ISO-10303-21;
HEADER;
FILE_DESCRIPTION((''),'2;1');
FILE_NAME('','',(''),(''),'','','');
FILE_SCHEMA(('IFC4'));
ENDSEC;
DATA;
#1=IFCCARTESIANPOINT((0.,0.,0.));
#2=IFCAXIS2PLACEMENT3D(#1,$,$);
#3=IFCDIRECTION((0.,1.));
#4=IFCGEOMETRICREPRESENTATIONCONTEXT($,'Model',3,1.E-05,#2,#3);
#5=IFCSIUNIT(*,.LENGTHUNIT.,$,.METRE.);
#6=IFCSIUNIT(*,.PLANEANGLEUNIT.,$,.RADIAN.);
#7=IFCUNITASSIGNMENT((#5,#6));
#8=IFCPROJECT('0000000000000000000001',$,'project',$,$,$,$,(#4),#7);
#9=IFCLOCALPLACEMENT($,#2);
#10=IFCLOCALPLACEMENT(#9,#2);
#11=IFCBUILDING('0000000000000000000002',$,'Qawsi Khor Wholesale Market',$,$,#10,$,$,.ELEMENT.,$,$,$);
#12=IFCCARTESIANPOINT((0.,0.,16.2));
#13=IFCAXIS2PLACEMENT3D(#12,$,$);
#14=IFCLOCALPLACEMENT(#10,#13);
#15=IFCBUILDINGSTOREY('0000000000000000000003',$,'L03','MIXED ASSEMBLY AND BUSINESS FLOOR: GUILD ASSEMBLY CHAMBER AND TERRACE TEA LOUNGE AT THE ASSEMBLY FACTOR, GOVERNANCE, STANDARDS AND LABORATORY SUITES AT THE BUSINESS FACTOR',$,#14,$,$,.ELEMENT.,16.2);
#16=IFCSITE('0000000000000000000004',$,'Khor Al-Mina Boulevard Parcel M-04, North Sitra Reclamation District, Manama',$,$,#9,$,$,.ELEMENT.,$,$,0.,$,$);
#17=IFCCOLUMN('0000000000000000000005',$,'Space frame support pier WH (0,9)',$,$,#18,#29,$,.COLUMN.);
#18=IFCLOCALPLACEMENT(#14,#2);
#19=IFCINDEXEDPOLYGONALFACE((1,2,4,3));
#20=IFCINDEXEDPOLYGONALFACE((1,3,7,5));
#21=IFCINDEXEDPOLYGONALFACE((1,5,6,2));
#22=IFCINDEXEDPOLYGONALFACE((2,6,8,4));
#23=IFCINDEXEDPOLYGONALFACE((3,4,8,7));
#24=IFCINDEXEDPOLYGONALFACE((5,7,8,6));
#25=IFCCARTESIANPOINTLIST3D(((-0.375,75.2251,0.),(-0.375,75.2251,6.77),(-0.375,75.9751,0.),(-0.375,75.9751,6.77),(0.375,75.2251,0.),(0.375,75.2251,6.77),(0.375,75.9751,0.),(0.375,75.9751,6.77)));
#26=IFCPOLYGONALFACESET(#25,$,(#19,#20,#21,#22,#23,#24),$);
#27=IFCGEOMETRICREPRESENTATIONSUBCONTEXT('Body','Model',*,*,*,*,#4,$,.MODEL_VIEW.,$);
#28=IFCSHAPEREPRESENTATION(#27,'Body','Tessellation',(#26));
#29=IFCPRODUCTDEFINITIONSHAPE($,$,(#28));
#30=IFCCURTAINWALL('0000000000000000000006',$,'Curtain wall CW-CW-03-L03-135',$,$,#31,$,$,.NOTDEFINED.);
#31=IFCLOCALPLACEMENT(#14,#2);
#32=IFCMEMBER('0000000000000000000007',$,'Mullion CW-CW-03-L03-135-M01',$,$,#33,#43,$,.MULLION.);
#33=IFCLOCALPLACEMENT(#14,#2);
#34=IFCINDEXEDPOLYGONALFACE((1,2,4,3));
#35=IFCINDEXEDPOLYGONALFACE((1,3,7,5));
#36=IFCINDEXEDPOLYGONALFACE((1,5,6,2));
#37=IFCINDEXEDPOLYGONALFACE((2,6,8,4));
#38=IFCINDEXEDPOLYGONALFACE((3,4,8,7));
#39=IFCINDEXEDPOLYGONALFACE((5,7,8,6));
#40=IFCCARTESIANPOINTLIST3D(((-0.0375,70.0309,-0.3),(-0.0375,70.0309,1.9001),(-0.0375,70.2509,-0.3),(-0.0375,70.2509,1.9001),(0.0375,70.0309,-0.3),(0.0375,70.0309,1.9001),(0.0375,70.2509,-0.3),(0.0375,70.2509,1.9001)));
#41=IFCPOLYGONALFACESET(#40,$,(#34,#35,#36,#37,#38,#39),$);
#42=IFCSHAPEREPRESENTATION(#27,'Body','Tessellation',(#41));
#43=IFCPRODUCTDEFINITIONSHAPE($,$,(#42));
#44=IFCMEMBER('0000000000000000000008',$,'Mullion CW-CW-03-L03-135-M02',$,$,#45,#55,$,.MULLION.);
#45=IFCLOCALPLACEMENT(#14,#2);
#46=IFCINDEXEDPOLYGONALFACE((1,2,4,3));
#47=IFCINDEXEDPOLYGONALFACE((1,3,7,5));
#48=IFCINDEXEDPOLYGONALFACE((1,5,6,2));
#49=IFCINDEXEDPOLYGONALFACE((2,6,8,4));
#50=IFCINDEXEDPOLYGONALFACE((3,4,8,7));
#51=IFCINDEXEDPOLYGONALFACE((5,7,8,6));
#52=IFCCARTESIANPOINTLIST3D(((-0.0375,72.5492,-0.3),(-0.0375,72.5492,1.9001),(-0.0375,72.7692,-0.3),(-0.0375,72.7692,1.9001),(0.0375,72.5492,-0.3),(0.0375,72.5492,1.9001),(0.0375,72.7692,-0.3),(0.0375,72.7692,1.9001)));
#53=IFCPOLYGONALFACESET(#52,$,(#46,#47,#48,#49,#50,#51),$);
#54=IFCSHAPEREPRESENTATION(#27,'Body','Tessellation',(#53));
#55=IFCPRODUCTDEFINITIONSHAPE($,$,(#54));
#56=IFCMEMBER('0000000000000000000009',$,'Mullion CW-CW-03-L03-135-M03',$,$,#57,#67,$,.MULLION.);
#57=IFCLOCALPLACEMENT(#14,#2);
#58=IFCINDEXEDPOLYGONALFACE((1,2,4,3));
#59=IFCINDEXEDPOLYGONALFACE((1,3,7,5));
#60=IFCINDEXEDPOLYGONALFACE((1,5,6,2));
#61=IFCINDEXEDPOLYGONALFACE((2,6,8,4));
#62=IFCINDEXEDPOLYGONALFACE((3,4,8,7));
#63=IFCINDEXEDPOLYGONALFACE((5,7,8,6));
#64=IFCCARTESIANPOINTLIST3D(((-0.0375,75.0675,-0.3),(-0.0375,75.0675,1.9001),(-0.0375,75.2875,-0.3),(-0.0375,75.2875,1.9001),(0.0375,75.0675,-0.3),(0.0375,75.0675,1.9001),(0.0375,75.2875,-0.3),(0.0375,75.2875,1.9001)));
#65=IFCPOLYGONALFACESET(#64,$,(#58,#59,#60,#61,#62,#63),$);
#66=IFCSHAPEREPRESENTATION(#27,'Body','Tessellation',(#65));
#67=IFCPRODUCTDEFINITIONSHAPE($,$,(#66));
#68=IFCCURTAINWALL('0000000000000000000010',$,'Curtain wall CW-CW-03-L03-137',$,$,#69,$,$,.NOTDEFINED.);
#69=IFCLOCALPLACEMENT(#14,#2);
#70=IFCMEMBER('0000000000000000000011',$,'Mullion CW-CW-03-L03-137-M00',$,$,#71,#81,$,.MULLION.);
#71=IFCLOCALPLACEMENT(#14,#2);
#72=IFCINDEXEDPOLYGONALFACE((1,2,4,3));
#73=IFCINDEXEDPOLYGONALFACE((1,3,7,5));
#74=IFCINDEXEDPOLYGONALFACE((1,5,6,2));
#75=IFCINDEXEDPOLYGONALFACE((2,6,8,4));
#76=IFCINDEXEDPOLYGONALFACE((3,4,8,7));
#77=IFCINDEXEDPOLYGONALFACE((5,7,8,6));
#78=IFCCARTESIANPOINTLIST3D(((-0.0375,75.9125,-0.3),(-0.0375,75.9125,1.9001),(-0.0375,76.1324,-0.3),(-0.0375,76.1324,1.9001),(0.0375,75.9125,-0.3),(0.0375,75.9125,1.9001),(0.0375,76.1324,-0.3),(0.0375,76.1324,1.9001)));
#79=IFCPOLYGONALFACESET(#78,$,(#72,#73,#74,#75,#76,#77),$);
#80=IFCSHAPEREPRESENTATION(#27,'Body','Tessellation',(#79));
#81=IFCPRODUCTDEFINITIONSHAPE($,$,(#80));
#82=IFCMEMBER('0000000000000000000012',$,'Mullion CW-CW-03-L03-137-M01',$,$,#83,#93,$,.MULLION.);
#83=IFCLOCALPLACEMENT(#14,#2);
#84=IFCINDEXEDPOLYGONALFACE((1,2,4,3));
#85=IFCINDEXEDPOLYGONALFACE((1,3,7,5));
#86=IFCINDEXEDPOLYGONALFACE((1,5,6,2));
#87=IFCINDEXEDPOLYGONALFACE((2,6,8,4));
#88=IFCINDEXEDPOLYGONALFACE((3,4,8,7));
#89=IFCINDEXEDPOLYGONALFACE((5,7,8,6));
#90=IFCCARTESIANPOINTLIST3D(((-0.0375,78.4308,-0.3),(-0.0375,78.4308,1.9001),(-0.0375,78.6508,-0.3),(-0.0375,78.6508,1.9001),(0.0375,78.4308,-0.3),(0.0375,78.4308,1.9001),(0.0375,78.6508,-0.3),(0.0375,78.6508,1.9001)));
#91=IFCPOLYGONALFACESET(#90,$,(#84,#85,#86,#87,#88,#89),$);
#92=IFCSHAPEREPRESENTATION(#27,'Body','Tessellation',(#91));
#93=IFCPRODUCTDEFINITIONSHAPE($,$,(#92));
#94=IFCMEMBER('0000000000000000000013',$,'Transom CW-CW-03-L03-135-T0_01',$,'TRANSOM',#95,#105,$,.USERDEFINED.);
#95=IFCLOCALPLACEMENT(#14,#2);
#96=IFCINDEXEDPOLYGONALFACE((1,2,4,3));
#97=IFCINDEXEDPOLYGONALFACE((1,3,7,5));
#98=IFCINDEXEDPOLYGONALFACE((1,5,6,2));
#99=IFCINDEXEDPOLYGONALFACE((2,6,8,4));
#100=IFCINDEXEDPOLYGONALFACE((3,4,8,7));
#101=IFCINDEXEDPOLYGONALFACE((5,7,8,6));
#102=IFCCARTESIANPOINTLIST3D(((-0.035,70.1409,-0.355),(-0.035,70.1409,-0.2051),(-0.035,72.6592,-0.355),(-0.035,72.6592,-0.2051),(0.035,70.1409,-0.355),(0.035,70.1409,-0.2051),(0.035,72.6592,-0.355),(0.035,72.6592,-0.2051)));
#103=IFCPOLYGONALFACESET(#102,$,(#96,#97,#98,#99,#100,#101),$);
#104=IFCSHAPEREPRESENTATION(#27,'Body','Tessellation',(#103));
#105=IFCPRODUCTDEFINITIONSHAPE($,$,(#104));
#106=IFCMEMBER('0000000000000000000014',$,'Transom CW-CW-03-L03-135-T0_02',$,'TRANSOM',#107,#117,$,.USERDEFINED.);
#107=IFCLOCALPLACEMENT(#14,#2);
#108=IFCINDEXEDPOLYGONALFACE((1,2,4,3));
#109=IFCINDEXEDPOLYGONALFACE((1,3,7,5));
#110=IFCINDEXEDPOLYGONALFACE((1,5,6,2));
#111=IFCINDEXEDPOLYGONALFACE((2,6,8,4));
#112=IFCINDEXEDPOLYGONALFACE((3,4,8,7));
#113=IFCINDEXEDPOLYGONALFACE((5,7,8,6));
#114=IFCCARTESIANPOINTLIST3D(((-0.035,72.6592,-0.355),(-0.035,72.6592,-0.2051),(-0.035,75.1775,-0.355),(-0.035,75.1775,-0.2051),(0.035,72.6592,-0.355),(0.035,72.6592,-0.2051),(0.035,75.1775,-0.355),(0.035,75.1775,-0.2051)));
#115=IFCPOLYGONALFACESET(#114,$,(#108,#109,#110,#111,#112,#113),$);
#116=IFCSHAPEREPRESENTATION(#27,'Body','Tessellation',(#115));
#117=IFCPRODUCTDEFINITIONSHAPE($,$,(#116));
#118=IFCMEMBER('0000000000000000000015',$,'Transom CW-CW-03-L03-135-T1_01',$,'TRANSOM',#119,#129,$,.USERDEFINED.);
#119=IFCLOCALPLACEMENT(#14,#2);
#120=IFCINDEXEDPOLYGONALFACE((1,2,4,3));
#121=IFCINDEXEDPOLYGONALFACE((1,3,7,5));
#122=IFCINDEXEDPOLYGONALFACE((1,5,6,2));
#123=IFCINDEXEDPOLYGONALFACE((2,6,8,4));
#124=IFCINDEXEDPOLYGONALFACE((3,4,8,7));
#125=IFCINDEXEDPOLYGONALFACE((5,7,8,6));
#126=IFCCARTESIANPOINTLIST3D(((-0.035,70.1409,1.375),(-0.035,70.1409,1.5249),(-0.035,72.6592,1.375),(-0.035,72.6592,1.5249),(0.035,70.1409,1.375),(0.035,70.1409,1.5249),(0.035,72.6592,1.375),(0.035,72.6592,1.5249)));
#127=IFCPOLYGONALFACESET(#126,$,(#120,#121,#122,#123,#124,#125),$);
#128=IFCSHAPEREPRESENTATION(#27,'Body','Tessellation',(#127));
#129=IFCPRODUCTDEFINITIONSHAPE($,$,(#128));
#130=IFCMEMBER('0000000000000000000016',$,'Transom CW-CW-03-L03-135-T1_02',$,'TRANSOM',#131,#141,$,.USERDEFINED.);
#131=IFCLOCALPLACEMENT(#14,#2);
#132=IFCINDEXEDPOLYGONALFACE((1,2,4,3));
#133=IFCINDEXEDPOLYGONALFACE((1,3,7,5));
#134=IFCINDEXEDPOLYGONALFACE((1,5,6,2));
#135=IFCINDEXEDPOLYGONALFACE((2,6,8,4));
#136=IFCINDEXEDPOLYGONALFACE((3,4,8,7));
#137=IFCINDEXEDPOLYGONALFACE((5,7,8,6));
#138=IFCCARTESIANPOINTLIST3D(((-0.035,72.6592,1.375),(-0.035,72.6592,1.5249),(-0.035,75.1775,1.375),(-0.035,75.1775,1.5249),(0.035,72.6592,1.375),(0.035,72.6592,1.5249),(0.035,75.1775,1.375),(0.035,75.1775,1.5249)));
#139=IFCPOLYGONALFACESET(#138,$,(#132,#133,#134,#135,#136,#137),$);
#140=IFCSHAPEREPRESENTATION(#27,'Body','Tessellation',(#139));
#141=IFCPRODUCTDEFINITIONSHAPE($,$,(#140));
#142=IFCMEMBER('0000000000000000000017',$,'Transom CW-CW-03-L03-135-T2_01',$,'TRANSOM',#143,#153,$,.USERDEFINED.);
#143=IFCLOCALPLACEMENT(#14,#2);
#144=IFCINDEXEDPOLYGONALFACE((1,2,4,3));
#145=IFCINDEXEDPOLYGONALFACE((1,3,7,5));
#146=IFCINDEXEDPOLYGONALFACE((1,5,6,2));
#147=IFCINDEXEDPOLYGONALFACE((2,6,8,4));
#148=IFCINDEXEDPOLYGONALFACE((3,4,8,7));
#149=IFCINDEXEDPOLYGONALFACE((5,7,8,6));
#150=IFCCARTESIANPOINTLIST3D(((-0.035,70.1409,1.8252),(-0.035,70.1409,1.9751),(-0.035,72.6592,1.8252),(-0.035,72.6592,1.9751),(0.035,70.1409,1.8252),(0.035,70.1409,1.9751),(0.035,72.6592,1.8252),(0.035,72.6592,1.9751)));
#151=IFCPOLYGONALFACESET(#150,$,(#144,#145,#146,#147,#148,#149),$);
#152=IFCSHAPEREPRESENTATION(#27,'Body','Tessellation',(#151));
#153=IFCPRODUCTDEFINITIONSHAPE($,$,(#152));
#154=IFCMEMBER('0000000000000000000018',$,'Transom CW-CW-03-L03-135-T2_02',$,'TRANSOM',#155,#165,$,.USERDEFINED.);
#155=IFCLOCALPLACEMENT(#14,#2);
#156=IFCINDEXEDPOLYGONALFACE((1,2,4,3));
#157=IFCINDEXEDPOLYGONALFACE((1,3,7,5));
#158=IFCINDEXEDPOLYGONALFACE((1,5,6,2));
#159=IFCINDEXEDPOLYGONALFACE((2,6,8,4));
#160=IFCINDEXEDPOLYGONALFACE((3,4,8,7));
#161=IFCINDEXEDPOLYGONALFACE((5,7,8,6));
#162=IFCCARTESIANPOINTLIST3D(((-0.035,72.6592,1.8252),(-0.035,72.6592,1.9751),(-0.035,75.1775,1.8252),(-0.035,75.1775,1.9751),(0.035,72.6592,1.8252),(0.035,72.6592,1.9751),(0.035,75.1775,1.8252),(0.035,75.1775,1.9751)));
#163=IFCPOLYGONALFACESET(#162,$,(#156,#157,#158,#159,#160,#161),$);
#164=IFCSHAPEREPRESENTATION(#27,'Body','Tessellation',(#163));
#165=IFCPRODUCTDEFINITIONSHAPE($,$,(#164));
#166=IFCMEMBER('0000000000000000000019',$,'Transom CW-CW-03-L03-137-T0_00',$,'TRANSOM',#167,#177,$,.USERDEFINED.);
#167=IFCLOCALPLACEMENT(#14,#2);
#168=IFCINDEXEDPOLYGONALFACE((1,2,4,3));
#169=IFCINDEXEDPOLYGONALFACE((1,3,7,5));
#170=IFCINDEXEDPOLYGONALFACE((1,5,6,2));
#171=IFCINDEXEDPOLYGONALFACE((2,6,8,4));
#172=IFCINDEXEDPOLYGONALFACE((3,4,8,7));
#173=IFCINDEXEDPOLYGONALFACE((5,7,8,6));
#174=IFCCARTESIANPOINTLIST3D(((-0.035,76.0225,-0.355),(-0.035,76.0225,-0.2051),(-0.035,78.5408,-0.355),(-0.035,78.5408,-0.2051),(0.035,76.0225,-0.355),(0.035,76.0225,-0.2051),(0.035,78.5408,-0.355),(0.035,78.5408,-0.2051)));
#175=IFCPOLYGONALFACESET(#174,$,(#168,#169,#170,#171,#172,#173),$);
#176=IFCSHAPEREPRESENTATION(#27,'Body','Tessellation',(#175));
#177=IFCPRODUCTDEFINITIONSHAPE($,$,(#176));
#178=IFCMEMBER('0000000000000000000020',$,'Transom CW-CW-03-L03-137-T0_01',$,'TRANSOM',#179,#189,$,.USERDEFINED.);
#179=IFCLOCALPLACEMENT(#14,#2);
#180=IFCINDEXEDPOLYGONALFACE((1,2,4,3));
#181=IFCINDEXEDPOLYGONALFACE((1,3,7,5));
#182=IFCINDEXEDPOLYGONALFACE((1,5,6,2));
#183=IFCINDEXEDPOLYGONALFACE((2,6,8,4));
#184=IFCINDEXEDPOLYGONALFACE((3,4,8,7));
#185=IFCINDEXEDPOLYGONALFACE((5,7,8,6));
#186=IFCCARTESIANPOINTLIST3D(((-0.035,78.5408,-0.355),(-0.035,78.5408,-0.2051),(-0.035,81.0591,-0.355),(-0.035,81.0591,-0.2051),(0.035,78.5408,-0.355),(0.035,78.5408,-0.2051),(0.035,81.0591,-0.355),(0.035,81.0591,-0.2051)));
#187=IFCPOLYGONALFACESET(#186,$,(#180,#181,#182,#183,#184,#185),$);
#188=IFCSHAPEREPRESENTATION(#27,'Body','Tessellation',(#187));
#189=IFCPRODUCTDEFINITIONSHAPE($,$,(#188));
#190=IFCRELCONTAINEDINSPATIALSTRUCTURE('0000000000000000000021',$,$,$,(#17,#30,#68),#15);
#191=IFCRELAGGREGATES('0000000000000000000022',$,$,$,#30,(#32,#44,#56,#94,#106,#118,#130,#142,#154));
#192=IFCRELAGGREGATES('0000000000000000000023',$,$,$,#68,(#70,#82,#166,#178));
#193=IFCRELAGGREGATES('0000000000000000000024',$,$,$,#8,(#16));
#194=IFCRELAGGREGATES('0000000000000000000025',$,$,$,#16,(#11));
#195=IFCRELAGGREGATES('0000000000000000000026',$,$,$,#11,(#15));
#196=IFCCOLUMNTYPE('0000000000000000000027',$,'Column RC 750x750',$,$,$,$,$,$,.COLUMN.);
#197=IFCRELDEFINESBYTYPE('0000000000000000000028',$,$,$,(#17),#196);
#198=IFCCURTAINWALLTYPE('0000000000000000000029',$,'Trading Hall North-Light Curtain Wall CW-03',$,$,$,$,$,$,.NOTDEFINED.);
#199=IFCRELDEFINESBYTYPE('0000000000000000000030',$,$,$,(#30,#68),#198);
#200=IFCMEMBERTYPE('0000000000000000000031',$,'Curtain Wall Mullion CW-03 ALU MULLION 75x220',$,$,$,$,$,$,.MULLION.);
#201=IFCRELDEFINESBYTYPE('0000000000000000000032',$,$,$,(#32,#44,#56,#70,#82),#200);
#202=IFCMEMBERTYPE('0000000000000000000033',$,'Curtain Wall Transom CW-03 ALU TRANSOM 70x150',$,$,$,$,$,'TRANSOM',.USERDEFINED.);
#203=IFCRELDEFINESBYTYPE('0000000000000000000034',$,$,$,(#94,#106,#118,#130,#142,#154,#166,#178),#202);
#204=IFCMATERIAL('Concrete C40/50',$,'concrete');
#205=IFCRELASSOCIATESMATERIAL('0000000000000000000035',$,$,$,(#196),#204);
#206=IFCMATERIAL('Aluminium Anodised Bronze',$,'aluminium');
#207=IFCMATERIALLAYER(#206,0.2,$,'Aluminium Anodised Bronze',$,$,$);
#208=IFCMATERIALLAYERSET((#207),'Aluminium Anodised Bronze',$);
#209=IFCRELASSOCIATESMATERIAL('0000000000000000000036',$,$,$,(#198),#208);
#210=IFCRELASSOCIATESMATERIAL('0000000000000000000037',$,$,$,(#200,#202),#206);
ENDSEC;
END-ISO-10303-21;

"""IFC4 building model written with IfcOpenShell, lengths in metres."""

from ifc_helpers import new_model, si_unit, direction, frame, origin, origin_2d, place, context, subcontext, project, spatial, rectangle, extrude, material, layer, layer_set, material_profile, profile_set, type_object, element, aggregate, save


model = new_model("IFC4")

# Units and contexts
model_context = context("Model", 3, precision=1e-05, world=origin(), true_north=direction((0.0, 1.0)))
body_context = subcontext(model_context, "Body", "Model", "MODEL_VIEW")
ifc_project = project(units=[si_unit("LENGTHUNIT", "METRE"), si_unit("PLANEANGLEUNIT", "RADIAN")], contexts=[model_context])

# Site, building, storey
site_placement = place(None, origin())
site = spatial("IfcSite", under=ifc_project, at=site_placement, Name="Khor Al-Mina Boulevard Parcel M-04, North Sitra Reclamation District, Manama", CompositionType="ELEMENT", RefElevation=0.0)
building_placement = place(site_placement, origin())
building = spatial("IfcBuilding", under=site, at=building_placement, Name="Qawsi Khor Wholesale Market", CompositionType="ELEMENT")
storey_placement = place(building_placement, frame((0.0, 0.0, 16.2)))
storey = spatial("IfcBuildingStorey", under=building, at=storey_placement, Name="L03", Description="MIXED ASSEMBLY AND BUSINESS FLOOR: GUILD ASSEMBLY CHAMBER AND TERRACE TEA LOUNGE AT THE ASSEMBLY FACTOR, GOVERNANCE, STANDARDS AND LABORATORY SUITES AT THE BUSINESS FACTOR", CompositionType="ELEMENT", Elevation=16.2)

# Column
ifc_material_1 = material(Name="Concrete C40/50", Category="concrete")
ifc_material_profile_1 = material_profile(ifc_material_1, rectangle(XDim=0.75, YDim=0.75, at=origin_2d()), Name="RC 750x750")
ifc_profile_set_1 = profile_set([ifc_material_profile_1], Name="Concrete C40/50")
column_type = type_object("IfcColumnType", Name="Column RC 750x750", PredefinedType="COLUMN", material=ifc_profile_set_1)
column_placement = place(storey_placement, frame((0.0, 75.6001, 0.0), z_axis=(0.0, 0.0, 1.0), x_axis=(1.0, 0.0, 0.0)))
element("IfcColumn", 1, at=column_placement, inside=storey, type_object=column_type, Name="Space frame support pier WH (0,9)", PredefinedType="COLUMN", context=body_context, shape_type="SweptSolid", body=[
    extrude(rectangle(XDim=0.75, YDim=0.75, at=origin_2d()), origin(), (0.0, 0.0, 1.0), 6.77),
])

# Curtain walls, members
ifc_material_2 = material(Name="Aluminium Anodised Bronze", Category="aluminium")
ifc_layer_1 = layer(ifc_material_2, 0.2, Name="Aluminium Anodised Bronze")
ifc_layer_set_1 = layer_set([ifc_layer_1], Name="Aluminium Anodised Bronze")
curtain_wall_type = type_object("IfcCurtainWallType", Name="Trading Hall North-Light Curtain Wall CW-03", PredefinedType="NOTDEFINED", material=ifc_layer_set_1)
curtain_wall_1_placement = place(storey_placement, origin())
curtain_wall_1 = element("IfcCurtainWall", 2, at=curtain_wall_1_placement, inside=storey, type_object=curtain_wall_type, Name="Curtain wall CW-CW-03-L03-135", PredefinedType="NOTDEFINED")
ifc_material_profile_2 = material_profile(ifc_material_2, rectangle(XDim=0.075, YDim=0.22, at=origin_2d()), Name="ALU MULLION 75x220")
ifc_profile_set_2 = profile_set([ifc_material_profile_2], Name="Aluminium Anodised Bronze")
member_type_1 = type_object("IfcMemberType", Name="Curtain Wall Mullion CW-03 ALU MULLION 75x220", PredefinedType="MULLION", material=ifc_profile_set_2)
member_1_placement = place(storey_placement, frame((0.0, 70.1409, -0.3), z_axis=(0.0, 0.0, 1.0), x_axis=(1.0, 0.0, 0.0)))
member_1 = element("IfcMember", 3, at=member_1_placement, type_object=member_type_1, Name="Mullion CW-CW-03-L03-135-M01", PredefinedType="MULLION", context=body_context, shape_type="SweptSolid", body=[
    extrude(rectangle(XDim=0.075, YDim=0.22, at=origin_2d()), origin(), (0.0, 0.0, 1.0), 2.2002),
])
member_2_placement = place(storey_placement, frame((0.0, 72.6592, -0.3), z_axis=(0.0, 0.0, 1.0), x_axis=(1.0, 0.0, 0.0)))
member_2 = element("IfcMember", 4, at=member_2_placement, type_object=member_type_1, Name="Mullion CW-CW-03-L03-135-M02", PredefinedType="MULLION", context=body_context, shape_type="SweptSolid", body=[
    extrude(rectangle(XDim=0.075, YDim=0.22, at=origin_2d()), origin(), (0.0, 0.0, 1.0), 2.2002),
])
member_3_placement = place(storey_placement, frame((0.0, 75.1775, -0.3), z_axis=(0.0, 0.0, 1.0), x_axis=(1.0, 0.0, 0.0)))
member_3 = element("IfcMember", 5, at=member_3_placement, type_object=member_type_1, Name="Mullion CW-CW-03-L03-135-M03", PredefinedType="MULLION", context=body_context, shape_type="SweptSolid", body=[
    extrude(rectangle(XDim=0.075, YDim=0.22, at=origin_2d()), origin(), (0.0, 0.0, 1.0), 2.2002),
])
curtain_wall_2_placement = place(storey_placement, origin())
curtain_wall_2 = element("IfcCurtainWall", 6, at=curtain_wall_2_placement, inside=storey, type_object=curtain_wall_type, Name="Curtain wall CW-CW-03-L03-137", PredefinedType="NOTDEFINED")
member_4_placement = place(storey_placement, frame((0.0, 76.0225, -0.3), z_axis=(0.0, 0.0, 1.0), x_axis=(1.0, 0.0, 0.0)))
member_4 = element("IfcMember", 7, at=member_4_placement, type_object=member_type_1, Name="Mullion CW-CW-03-L03-137-M00", PredefinedType="MULLION", context=body_context, shape_type="SweptSolid", body=[
    extrude(rectangle(XDim=0.075, YDim=0.22, at=origin_2d()), origin(), (0.0, 0.0, 1.0), 2.2002),
])
member_5_placement = place(storey_placement, frame((0.0, 78.5408, -0.3), z_axis=(0.0, 0.0, 1.0), x_axis=(1.0, 0.0, 0.0)))
member_5 = element("IfcMember", 8, at=member_5_placement, type_object=member_type_1, Name="Mullion CW-CW-03-L03-137-M01", PredefinedType="MULLION", context=body_context, shape_type="SweptSolid", body=[
    extrude(rectangle(XDim=0.075, YDim=0.22, at=origin_2d()), origin(), (0.0, 0.0, 1.0), 2.2002),
])

# Members
ifc_material_profile_3 = material_profile(ifc_material_2, rectangle(XDim=0.0701, YDim=0.1499, at=origin_2d()), Name="ALU TRANSOM 70x150")
ifc_profile_set_3 = profile_set([ifc_material_profile_3], Name="Aluminium Anodised Bronze")
member_type_2 = type_object("IfcMemberType", Name="Curtain Wall Transom CW-03 ALU TRANSOM 70x150", ElementType="TRANSOM", PredefinedType="USERDEFINED", material=ifc_profile_set_3)
member_6_placement = place(storey_placement, frame((0.0, 70.1409, -0.28), z_axis=(0.0, 1.0, 0.0), x_axis=(-1.0, 0.0, 0.0)))
member_6 = element("IfcMember", 9, at=member_6_placement, type_object=member_type_2, Name="Transom CW-CW-03-L03-135-T0_01", ObjectType="TRANSOM", PredefinedType="USERDEFINED", context=body_context, shape_type="SweptSolid", body=[
    extrude(rectangle(XDim=0.0701, YDim=0.1499, at=origin_2d()), origin(), (0.0, 0.0, 1.0), 2.5183),
])
member_7_placement = place(storey_placement, frame((0.0, 72.6592, -0.28), z_axis=(0.0, 1.0, 0.0), x_axis=(-1.0, 0.0, 0.0)))
member_7 = element("IfcMember", 10, at=member_7_placement, type_object=member_type_2, Name="Transom CW-CW-03-L03-135-T0_02", ObjectType="TRANSOM", PredefinedType="USERDEFINED", context=body_context, shape_type="SweptSolid", body=[
    extrude(rectangle(XDim=0.0701, YDim=0.1499, at=origin_2d()), origin(), (0.0, 0.0, 1.0), 2.5183),
])
member_8_placement = place(storey_placement, frame((0.0, 70.1409, 1.45), z_axis=(0.0, 1.0, 0.0), x_axis=(-1.0, 0.0, 0.0)))
member_8 = element("IfcMember", 11, at=member_8_placement, type_object=member_type_2, Name="Transom CW-CW-03-L03-135-T1_01", ObjectType="TRANSOM", PredefinedType="USERDEFINED", context=body_context, shape_type="SweptSolid", body=[
    extrude(rectangle(XDim=0.0701, YDim=0.1499, at=origin_2d()), origin(), (0.0, 0.0, 1.0), 2.5183),
])
member_9_placement = place(storey_placement, frame((0.0, 72.6592, 1.45), z_axis=(0.0, 1.0, 0.0), x_axis=(-1.0, 0.0, 0.0)))
member_9 = element("IfcMember", 12, at=member_9_placement, type_object=member_type_2, Name="Transom CW-CW-03-L03-135-T1_02", ObjectType="TRANSOM", PredefinedType="USERDEFINED", context=body_context, shape_type="SweptSolid", body=[
    extrude(rectangle(XDim=0.0701, YDim=0.1499, at=origin_2d()), origin(), (0.0, 0.0, 1.0), 2.5183),
])
member_10_placement = place(storey_placement, frame((0.0, 70.1409, 1.9001), z_axis=(0.0, 1.0, 0.0), x_axis=(-1.0, 0.0, 0.0)))
member_10 = element("IfcMember", 13, at=member_10_placement, type_object=member_type_2, Name="Transom CW-CW-03-L03-135-T2_01", ObjectType="TRANSOM", PredefinedType="USERDEFINED", context=body_context, shape_type="SweptSolid", body=[
    extrude(rectangle(XDim=0.0701, YDim=0.1499, at=origin_2d()), origin(), (0.0, 0.0, 1.0), 2.5183),
])
member_11_placement = place(storey_placement, frame((0.0, 72.6592, 1.9001), z_axis=(0.0, 1.0, 0.0), x_axis=(-1.0, 0.0, 0.0)))
member_11 = element("IfcMember", 14, at=member_11_placement, type_object=member_type_2, Name="Transom CW-CW-03-L03-135-T2_02", ObjectType="TRANSOM", PredefinedType="USERDEFINED", context=body_context, shape_type="SweptSolid", body=[
    extrude(rectangle(XDim=0.0701, YDim=0.1499, at=origin_2d()), origin(), (0.0, 0.0, 1.0), 2.5183),
])
member_12_placement = place(storey_placement, frame((0.0, 76.0225, -0.28), z_axis=(0.0, 1.0, 0.0), x_axis=(-1.0, 0.0, 0.0)))
member_12 = element("IfcMember", 15, at=member_12_placement, type_object=member_type_2, Name="Transom CW-CW-03-L03-137-T0_00", ObjectType="TRANSOM", PredefinedType="USERDEFINED", context=body_context, shape_type="SweptSolid", body=[
    extrude(rectangle(XDim=0.0701, YDim=0.1499, at=origin_2d()), origin(), (0.0, 0.0, 1.0), 2.5183),
])
member_13_placement = place(storey_placement, frame((0.0, 78.5408, -0.28), z_axis=(0.0, 1.0, 0.0), x_axis=(-1.0, 0.0, 0.0)))
member_13 = element("IfcMember", 16, at=member_13_placement, type_object=member_type_2, Name="Transom CW-CW-03-L03-137-T0_01", ObjectType="TRANSOM", PredefinedType="USERDEFINED", context=body_context, shape_type="SweptSolid", body=[
    extrude(rectangle(XDim=0.0701, YDim=0.1499, at=origin_2d()), origin(), (0.0, 0.0, 1.0), 2.5183),
])

aggregate(curtain_wall_1, [member_1, member_2, member_3, member_6, member_7, member_8, member_9, member_10, member_11])
aggregate(curtain_wall_2, [member_4, member_5, member_12, member_13])

save(model, "model.ifc")
